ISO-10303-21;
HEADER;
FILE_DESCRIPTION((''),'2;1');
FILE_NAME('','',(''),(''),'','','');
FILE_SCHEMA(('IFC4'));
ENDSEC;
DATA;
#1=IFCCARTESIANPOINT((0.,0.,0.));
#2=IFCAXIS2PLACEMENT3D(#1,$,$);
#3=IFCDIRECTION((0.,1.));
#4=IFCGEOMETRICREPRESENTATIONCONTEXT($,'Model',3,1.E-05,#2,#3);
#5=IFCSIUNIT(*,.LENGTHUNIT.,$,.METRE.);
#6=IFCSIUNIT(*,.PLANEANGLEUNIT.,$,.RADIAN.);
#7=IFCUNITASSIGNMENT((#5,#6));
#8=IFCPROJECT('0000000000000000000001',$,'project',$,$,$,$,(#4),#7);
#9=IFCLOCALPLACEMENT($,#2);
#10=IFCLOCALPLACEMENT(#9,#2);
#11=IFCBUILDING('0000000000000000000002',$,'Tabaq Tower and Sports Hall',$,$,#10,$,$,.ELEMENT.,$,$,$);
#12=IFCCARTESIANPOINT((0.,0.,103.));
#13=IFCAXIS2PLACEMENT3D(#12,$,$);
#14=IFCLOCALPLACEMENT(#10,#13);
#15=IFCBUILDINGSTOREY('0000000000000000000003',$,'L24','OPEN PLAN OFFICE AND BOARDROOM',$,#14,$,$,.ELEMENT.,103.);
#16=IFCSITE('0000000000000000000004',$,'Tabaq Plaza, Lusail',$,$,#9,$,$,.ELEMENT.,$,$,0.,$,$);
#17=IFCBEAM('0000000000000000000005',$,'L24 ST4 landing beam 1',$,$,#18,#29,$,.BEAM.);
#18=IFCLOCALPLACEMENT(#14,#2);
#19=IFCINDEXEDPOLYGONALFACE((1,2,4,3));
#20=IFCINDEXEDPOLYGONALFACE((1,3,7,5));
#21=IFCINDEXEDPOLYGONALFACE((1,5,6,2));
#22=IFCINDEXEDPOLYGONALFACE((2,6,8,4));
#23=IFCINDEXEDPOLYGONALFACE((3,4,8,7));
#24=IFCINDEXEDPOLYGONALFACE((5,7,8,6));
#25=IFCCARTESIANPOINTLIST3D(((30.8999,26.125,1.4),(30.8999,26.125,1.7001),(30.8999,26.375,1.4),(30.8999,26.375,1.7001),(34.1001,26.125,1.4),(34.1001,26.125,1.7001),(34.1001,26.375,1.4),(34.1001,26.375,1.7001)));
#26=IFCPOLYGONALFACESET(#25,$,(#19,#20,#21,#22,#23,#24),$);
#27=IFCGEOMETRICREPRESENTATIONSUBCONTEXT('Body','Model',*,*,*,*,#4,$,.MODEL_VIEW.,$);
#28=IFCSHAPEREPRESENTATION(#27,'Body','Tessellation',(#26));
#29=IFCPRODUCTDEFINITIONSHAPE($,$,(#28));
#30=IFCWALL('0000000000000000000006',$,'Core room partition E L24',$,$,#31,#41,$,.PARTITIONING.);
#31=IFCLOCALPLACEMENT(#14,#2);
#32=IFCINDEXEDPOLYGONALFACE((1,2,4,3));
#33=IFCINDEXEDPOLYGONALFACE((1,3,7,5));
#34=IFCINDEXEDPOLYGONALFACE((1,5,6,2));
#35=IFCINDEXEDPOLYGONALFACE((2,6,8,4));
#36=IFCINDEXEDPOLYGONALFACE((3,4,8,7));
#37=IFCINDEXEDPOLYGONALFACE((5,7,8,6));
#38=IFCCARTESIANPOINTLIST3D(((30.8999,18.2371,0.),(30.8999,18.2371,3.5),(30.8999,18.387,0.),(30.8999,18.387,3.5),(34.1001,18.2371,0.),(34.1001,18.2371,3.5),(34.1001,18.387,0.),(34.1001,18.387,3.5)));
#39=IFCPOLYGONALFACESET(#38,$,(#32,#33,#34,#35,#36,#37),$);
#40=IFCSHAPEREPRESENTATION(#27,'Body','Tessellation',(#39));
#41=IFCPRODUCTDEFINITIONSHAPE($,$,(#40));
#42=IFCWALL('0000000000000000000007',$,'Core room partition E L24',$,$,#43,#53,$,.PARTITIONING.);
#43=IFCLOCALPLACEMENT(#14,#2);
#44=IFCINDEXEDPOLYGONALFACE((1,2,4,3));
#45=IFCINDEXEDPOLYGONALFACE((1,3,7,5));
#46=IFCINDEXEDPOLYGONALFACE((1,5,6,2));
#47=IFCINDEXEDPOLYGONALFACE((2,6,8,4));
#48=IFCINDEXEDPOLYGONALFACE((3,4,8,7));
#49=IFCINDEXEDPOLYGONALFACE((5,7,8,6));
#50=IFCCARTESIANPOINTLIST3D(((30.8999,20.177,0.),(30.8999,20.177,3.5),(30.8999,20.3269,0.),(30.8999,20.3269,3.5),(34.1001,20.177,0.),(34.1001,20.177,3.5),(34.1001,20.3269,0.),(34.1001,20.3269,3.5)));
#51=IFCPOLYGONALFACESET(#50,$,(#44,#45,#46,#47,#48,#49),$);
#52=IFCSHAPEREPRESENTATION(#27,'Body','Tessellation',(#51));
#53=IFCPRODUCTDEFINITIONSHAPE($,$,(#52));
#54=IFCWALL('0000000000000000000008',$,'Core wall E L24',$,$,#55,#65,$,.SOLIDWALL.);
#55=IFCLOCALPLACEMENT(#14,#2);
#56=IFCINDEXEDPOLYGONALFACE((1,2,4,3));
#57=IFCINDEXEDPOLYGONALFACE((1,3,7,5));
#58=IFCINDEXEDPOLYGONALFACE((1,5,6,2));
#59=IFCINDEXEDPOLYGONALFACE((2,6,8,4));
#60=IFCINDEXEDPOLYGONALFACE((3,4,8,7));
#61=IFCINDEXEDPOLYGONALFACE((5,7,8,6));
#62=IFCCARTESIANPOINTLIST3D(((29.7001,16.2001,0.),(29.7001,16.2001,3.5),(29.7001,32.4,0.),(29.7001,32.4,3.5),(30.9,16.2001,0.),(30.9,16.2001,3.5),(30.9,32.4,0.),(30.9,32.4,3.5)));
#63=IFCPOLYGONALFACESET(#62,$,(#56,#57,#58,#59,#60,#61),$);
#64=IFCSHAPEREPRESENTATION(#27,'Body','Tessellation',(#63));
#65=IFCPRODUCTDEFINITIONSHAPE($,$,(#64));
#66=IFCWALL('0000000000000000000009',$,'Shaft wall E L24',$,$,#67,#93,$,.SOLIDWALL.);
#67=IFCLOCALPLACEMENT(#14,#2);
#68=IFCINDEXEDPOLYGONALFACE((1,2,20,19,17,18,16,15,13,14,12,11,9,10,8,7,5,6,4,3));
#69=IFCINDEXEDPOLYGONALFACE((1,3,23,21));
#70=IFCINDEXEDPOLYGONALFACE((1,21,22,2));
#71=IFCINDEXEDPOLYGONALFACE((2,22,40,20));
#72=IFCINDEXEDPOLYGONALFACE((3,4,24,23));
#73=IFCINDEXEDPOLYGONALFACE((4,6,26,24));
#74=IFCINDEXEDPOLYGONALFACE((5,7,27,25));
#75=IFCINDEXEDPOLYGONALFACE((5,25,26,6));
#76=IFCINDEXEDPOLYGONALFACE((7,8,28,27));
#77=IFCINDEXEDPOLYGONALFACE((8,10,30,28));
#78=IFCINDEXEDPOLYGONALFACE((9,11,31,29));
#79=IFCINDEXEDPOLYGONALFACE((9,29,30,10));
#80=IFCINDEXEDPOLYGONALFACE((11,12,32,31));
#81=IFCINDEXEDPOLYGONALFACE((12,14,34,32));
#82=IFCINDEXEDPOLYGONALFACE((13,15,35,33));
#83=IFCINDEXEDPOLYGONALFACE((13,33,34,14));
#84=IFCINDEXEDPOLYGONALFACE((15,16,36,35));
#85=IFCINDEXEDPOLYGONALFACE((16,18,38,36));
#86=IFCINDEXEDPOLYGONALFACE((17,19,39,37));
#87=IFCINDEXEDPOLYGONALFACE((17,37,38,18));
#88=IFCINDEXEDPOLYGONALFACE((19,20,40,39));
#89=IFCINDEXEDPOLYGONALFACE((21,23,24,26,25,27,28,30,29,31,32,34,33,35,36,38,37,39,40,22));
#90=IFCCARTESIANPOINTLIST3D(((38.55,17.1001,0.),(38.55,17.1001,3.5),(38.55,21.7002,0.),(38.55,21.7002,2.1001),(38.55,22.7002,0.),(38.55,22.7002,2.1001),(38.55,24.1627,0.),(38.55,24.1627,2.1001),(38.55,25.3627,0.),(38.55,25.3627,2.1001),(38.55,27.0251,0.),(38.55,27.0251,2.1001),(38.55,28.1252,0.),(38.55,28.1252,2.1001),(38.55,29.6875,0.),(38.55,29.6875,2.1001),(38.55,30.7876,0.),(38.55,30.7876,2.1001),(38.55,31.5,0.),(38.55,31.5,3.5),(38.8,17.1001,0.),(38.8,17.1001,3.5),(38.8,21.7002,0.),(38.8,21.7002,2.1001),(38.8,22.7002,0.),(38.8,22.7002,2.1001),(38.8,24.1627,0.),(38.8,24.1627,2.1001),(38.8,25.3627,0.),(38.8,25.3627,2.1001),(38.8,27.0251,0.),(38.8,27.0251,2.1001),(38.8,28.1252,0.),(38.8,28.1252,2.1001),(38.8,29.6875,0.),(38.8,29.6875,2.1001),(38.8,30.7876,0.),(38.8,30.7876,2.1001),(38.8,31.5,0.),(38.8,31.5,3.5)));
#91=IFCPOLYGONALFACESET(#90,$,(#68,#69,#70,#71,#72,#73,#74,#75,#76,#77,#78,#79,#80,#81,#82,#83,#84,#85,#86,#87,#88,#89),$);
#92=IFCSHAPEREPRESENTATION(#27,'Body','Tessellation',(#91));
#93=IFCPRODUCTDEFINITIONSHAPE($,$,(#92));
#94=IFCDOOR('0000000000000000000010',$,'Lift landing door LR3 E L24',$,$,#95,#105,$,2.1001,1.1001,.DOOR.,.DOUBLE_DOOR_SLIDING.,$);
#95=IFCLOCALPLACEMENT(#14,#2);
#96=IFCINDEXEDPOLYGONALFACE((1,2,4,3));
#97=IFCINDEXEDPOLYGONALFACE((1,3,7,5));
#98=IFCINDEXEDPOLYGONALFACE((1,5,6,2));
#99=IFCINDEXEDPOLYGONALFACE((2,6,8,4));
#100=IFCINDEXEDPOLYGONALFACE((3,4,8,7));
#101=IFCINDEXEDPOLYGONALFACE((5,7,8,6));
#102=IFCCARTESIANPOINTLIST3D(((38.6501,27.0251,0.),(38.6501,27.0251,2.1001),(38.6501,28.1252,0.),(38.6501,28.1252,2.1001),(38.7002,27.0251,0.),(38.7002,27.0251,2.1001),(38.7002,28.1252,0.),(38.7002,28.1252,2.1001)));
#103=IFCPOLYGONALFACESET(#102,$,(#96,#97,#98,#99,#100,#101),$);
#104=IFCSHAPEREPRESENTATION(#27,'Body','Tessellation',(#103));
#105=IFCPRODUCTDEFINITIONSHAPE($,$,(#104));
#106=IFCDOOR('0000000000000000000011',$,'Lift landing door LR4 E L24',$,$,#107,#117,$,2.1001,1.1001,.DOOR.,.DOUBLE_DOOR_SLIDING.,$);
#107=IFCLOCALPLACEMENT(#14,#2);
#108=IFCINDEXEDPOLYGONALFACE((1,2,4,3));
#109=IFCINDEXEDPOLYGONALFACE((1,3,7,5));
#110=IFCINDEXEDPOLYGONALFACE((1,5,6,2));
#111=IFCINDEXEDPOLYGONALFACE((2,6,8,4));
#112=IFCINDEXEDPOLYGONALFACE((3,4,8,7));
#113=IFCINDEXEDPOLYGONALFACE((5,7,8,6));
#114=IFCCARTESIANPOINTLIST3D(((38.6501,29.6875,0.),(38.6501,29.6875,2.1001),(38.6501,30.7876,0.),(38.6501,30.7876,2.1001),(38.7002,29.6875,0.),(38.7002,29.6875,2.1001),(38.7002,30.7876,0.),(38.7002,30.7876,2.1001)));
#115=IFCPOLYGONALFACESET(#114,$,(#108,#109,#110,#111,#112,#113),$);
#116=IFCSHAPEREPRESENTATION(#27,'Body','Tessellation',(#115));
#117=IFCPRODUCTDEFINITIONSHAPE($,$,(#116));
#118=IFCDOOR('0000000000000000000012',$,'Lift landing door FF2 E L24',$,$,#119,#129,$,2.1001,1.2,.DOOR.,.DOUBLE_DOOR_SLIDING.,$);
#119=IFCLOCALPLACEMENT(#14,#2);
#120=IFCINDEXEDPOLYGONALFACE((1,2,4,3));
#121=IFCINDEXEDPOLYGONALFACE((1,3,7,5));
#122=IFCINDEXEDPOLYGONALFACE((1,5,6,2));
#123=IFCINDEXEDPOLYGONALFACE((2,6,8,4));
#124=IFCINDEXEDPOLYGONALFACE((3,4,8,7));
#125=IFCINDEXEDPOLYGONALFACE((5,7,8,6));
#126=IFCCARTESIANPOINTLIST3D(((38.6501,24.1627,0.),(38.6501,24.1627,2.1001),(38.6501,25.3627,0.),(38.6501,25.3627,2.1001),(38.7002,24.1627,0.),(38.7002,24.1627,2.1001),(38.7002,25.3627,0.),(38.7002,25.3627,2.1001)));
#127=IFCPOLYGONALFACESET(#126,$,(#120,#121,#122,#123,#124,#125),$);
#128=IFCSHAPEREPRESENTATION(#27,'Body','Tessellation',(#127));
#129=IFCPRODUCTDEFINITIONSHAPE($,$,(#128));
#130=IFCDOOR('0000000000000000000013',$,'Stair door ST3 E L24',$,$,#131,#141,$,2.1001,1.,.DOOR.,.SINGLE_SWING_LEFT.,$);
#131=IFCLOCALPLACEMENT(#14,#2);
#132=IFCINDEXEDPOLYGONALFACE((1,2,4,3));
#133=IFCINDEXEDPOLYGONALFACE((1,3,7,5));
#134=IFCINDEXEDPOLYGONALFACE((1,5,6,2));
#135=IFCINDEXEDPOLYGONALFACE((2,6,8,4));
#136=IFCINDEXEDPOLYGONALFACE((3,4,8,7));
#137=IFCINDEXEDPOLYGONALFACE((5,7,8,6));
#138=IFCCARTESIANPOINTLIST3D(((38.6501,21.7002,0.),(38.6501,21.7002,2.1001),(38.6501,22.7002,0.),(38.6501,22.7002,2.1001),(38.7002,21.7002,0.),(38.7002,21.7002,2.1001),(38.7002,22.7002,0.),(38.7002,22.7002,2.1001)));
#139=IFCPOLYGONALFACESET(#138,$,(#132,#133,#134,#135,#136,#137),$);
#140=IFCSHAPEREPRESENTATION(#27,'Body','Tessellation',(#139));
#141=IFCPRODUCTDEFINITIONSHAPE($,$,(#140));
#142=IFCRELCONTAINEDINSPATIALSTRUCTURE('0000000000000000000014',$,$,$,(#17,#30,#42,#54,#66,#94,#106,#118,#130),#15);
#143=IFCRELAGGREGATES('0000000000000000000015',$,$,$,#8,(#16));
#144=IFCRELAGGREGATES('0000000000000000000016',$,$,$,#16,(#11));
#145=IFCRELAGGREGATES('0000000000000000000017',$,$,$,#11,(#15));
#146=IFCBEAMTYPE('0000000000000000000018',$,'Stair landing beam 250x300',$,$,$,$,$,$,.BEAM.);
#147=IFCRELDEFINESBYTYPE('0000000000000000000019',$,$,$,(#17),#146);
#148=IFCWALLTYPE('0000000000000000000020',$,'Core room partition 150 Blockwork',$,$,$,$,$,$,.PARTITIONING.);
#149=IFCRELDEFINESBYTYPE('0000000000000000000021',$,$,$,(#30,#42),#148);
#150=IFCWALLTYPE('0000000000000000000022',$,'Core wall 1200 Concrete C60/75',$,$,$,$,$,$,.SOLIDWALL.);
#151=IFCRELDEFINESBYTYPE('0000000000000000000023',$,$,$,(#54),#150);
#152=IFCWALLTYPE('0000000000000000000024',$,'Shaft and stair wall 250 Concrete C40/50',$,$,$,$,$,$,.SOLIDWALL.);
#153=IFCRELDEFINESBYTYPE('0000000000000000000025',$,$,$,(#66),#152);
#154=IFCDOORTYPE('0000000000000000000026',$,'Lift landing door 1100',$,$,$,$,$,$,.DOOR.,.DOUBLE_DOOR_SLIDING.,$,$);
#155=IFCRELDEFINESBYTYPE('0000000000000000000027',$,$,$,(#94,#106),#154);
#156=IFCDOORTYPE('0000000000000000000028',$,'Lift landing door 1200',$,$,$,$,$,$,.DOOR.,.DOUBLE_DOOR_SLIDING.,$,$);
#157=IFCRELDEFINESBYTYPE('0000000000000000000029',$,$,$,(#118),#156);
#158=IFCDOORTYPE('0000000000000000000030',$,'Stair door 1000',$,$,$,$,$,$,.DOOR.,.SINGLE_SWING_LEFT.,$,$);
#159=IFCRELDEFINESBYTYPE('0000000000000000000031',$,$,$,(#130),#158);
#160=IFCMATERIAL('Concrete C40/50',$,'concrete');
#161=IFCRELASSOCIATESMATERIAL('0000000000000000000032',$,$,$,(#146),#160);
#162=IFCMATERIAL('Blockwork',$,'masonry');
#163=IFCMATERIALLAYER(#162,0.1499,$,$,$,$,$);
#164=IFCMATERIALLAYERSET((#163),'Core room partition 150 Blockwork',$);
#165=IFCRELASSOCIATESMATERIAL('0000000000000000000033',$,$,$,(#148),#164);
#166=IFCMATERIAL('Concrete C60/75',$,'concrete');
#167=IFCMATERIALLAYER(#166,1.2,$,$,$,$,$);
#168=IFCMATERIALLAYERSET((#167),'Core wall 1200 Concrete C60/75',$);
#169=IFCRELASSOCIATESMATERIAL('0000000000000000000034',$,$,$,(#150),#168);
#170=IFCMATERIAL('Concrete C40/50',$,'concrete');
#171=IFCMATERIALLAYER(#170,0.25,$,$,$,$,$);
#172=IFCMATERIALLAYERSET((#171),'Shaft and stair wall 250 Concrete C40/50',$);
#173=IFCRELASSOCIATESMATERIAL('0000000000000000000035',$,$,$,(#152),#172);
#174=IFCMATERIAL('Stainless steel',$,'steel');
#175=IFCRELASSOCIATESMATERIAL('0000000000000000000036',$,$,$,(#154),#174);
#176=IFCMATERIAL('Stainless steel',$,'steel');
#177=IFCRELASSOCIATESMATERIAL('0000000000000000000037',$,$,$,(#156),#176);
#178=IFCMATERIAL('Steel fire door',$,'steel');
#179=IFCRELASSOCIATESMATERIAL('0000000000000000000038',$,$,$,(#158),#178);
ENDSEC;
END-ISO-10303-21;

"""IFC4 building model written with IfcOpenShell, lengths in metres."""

from ifc_helpers import new_model, si_unit, direction, frame, frame_2d, origin, origin_2d, place, context, subcontext, project, spatial, rectangle, extrude, material, layer, layer_set, material_profile, profile_set, type_object, element, fill, save


model = new_model("IFC4")

# Units and contexts
model_context = context("Model", 3, precision=1e-05, world=origin(), true_north=direction((0.0, 1.0)))
body_context = subcontext(model_context, "Body", "Model", "MODEL_VIEW")
ifc_project = project(units=[si_unit("LENGTHUNIT", "METRE"), si_unit("PLANEANGLEUNIT", "RADIAN")], contexts=[model_context])

# Site, building, storey
site_placement = place(None, origin())
site = spatial("IfcSite", under=ifc_project, at=site_placement, Name="Tabaq Plaza, Lusail", CompositionType="ELEMENT", RefElevation=0.0)
building_placement = place(site_placement, origin())
building = spatial("IfcBuilding", under=site, at=building_placement, Name="Tabaq Tower and Sports Hall", CompositionType="ELEMENT")
storey_placement = place(building_placement, frame((0.0, 0.0, 103.0)))
storey = spatial("IfcBuildingStorey", under=building, at=storey_placement, Name="L24", Description="OPEN PLAN OFFICE AND BOARDROOM", CompositionType="ELEMENT", Elevation=103.0)

# Beam
ifc_material_1 = material(Name="Concrete C40/50", Category="concrete")
ifc_material_profile = material_profile(ifc_material_1, rectangle(XDim=0.25, YDim=0.3, at=origin_2d()), Name="RC 250x300")
ifc_profile_set = profile_set([ifc_material_profile], Name="Concrete C40/50")
beam_type = type_object("IfcBeamType", Name="Stair landing beam 250x300", PredefinedType="BEAM", material=ifc_profile_set)
beam_placement = place(storey_placement, frame((30.8999, 26.25, 1.55), z_axis=(1.0, 0.0, 0.0), x_axis=(0.0, 1.0, 0.0)))
element("IfcBeam", 1, at=beam_placement, inside=storey, type_object=beam_type, Name="L24 ST4 landing beam 1", PredefinedType="BEAM", context=body_context, shape_type="SweptSolid", body=[
    extrude(rectangle(XDim=0.25, YDim=0.3, at=origin_2d()), origin(), (0.0, 0.0, 1.0), 3.2002),
])

# Walls
ifc_material_2 = material(Name="Blockwork", Category="masonry")
ifc_layer_1 = layer(ifc_material_2, 0.1499)
ifc_layer_set_1 = layer_set([ifc_layer_1], Name="Core room partition 150 Blockwork")
wall_type_1 = type_object("IfcWallType", Name="Core room partition 150 Blockwork", PredefinedType="PARTITIONING", material=ifc_layer_set_1)
for number, where, z_axis, x_axis, name in (
    (2, (30.8999, 18.312, 0.0), (0.0, 0.0, 1.0), (1.0, 0.0, 0.0), "Core room partition E L24"),
    (3, (30.8999, 20.252, 0.0), (0.0, 0.0, 1.0), (1.0, 0.0, 0.0), "Core room partition E L24"),
):
    element("IfcWall", number, at=place(storey_placement, frame(where, z_axis=z_axis, x_axis=x_axis)), inside=storey, type_object=wall_type_1, Name=name, PredefinedType="PARTITIONING", context=body_context, shape_type="SweptSolid", body=[
        extrude(rectangle(XDim=3.2002, YDim=0.1499, at=frame_2d((1.6001, 0.0))), origin(), (0.0, 0.0, 1.0), 3.5),
    ])
ifc_material_3 = material(Name="Concrete C60/75", Category="concrete")
ifc_layer_2 = layer(ifc_material_3, 1.2)
ifc_layer_set_2 = layer_set([ifc_layer_2], Name="Core wall 1200 Concrete C60/75")
wall_type_2 = type_object("IfcWallType", Name="Core wall 1200 Concrete C60/75", PredefinedType="SOLIDWALL", material=ifc_layer_set_2)
wall_1_placement = place(storey_placement, frame((30.3, 16.2, 0.0), z_axis=(0.0, 0.0, 1.0), x_axis=(0.0, 1.0, 0.0)))
element("IfcWall", 4, at=wall_1_placement, inside=storey, type_object=wall_type_2, Name="Core wall E L24", PredefinedType="SOLIDWALL", context=body_context, shape_type="SweptSolid", body=[
    extrude(rectangle(XDim=16.2, YDim=1.2, at=frame_2d((8.1001, 0.0))), origin(), (0.0, 0.0, 1.0), 3.5),
])

# Wall, openings, doors
ifc_material_4 = material(Name="Concrete C40/50", Category="concrete")
ifc_layer_3 = layer(ifc_material_4, 0.25)
ifc_layer_set_3 = layer_set([ifc_layer_3], Name="Shaft and stair wall 250 Concrete C40/50")
wall_type_3 = type_object("IfcWallType", Name="Shaft and stair wall 250 Concrete C40/50", PredefinedType="SOLIDWALL", material=ifc_layer_set_3)
wall_2_placement = place(storey_placement, frame((38.675, 17.1001, 0.0), z_axis=(0.0, 0.0, 1.0), x_axis=(0.0, 1.0, 0.0)))
wall_2 = element("IfcWall", 5, at=wall_2_placement, inside=storey, type_object=wall_type_3, Name="Shaft wall E L24", PredefinedType="SOLIDWALL", context=body_context, shape_type="SweptSolid", body=[
    extrude(rectangle(XDim=14.3999, YDim=0.25, at=frame_2d((7.2, 0.0))), origin(), (0.0, 0.0, 1.0), 3.5),
])
opening_1_placement = place(wall_2_placement, frame((4.6001, 0.0, 0.0)))
opening_1 = element("IfcOpeningElement", 6, at=opening_1_placement, cuts=wall_2, PredefinedType="OPENING", context=body_context, shape_type="SweptSolid", body=[
    extrude(rectangle(XDim=1.0, YDim=2.1001, at=frame_2d((0.5, 1.05))), frame((0.0, 0.125, 0.0), z_axis=(0.0, -1.0, 0.0), x_axis=(1.0, 0.0, 0.0)), (0.0, 0.0, 1.0), 0.25),
])
opening_2_placement = place(wall_2_placement, frame((7.0625, 0.0, 0.0)))
opening_2 = element("IfcOpeningElement", 7, at=opening_2_placement, cuts=wall_2, PredefinedType="OPENING", context=body_context, shape_type="SweptSolid", body=[
    extrude(rectangle(XDim=1.2, YDim=2.1001, at=frame_2d((0.6001, 1.05))), frame((0.0, 0.125, 0.0), z_axis=(0.0, -1.0, 0.0), x_axis=(1.0, 0.0, 0.0)), (0.0, 0.0, 1.0), 0.25),
])
opening_3_placement = place(wall_2_placement, frame((9.925, 0.0, 0.0)))
opening_3 = element("IfcOpeningElement", 8, at=opening_3_placement, cuts=wall_2, PredefinedType="OPENING", context=body_context, shape_type="SweptSolid", body=[
    extrude(rectangle(XDim=1.1001, YDim=2.1001, at=frame_2d((0.55, 1.05))), frame((0.0, 0.125, 0.0), z_axis=(0.0, -1.0, 0.0), x_axis=(1.0, 0.0, 0.0)), (0.0, 0.0, 1.0), 0.25),
])
opening_4_placement = place(wall_2_placement, frame((12.5874, 0.0, 0.0)))
opening_4 = element("IfcOpeningElement", 9, at=opening_4_placement, cuts=wall_2, PredefinedType="OPENING", context=body_context, shape_type="SweptSolid", body=[
    extrude(rectangle(XDim=1.1001, YDim=2.1001, at=frame_2d((0.55, 1.05))), frame((0.0, 0.125, 0.0), z_axis=(0.0, -1.0, 0.0), x_axis=(1.0, 0.0, 0.0)), (0.0, 0.0, 1.0), 0.25),
])
ifc_material_5 = material(Name="Stainless steel", Category="steel")
door_type_1 = type_object("IfcDoorType", Name="Lift landing door 1100", OperationType="DOUBLE_DOOR_SLIDING", PredefinedType="DOOR", material=ifc_material_5)
door_1_placement = place(opening_3_placement, origin())
door_1 = element("IfcDoor", 10, at=door_1_placement, inside=storey, type_object=door_type_1, Name="Lift landing door LR3 E L24", OperationType="DOUBLE_DOOR_SLIDING", OverallHeight=2.1001, OverallWidth=1.1001, PredefinedType="DOOR", context=body_context, shape_type="SweptSolid", body=[
    extrude(rectangle(XDim=1.1001, YDim=2.1001, at=frame_2d((0.55, 1.05))), frame((0.0, 0.0249, 0.0), z_axis=(0.0, -1.0, 0.0), x_axis=(1.0, 0.0, 0.0)), (0.0, 0.0, 1.0), 0.05),
])
fill(opening_3, door_1)
door_2_placement = place(opening_4_placement, origin())
door_2 = element("IfcDoor", 11, at=door_2_placement, inside=storey, type_object=door_type_1, Name="Lift landing door LR4 E L24", OperationType="DOUBLE_DOOR_SLIDING", OverallHeight=2.1001, OverallWidth=1.1001, PredefinedType="DOOR", context=body_context, shape_type="SweptSolid", body=[
    extrude(rectangle(XDim=1.1001, YDim=2.1001, at=frame_2d((0.55, 1.05))), frame((0.0, 0.0249, 0.0), z_axis=(0.0, -1.0, 0.0), x_axis=(1.0, 0.0, 0.0)), (0.0, 0.0, 1.0), 0.05),
])
fill(opening_4, door_2)
ifc_material_6 = material(Name="Stainless steel", Category="steel")
door_type_2 = type_object("IfcDoorType", Name="Lift landing door 1200", OperationType="DOUBLE_DOOR_SLIDING", PredefinedType="DOOR", material=ifc_material_6)
door_3_placement = place(opening_2_placement, origin())
door_3 = element("IfcDoor", 12, at=door_3_placement, inside=storey, type_object=door_type_2, Name="Lift landing door FF2 E L24", OperationType="DOUBLE_DOOR_SLIDING", OverallHeight=2.1001, OverallWidth=1.2, PredefinedType="DOOR", context=body_context, shape_type="SweptSolid", body=[
    extrude(rectangle(XDim=1.2, YDim=2.1001, at=frame_2d((0.6001, 1.05))), frame((0.0, 0.0249, 0.0), z_axis=(0.0, -1.0, 0.0), x_axis=(1.0, 0.0, 0.0)), (0.0, 0.0, 1.0), 0.05),
])
fill(opening_2, door_3)
ifc_material_7 = material(Name="Steel fire door", Category="steel")
door_type_3 = type_object("IfcDoorType", Name="Stair door 1000", OperationType="SINGLE_SWING_LEFT", PredefinedType="DOOR", material=ifc_material_7)
door_4_placement = place(opening_1_placement, origin())
door_4 = element("IfcDoor", 13, at=door_4_placement, inside=storey, type_object=door_type_3, Name="Stair door ST3 E L24", OperationType="SINGLE_SWING_LEFT", OverallHeight=2.1001, OverallWidth=1.0, PredefinedType="DOOR", context=body_context, shape_type="SweptSolid", body=[
    extrude(rectangle(XDim=1.0, YDim=2.1001, at=frame_2d((0.5, 1.05))), frame((0.0, 0.0249, 0.0), z_axis=(0.0, -1.0, 0.0), x_axis=(1.0, 0.0, 0.0)), (0.0, 0.0, 1.0), 0.05),
])
fill(opening_1, door_4)

save(model, "model.ifc")
